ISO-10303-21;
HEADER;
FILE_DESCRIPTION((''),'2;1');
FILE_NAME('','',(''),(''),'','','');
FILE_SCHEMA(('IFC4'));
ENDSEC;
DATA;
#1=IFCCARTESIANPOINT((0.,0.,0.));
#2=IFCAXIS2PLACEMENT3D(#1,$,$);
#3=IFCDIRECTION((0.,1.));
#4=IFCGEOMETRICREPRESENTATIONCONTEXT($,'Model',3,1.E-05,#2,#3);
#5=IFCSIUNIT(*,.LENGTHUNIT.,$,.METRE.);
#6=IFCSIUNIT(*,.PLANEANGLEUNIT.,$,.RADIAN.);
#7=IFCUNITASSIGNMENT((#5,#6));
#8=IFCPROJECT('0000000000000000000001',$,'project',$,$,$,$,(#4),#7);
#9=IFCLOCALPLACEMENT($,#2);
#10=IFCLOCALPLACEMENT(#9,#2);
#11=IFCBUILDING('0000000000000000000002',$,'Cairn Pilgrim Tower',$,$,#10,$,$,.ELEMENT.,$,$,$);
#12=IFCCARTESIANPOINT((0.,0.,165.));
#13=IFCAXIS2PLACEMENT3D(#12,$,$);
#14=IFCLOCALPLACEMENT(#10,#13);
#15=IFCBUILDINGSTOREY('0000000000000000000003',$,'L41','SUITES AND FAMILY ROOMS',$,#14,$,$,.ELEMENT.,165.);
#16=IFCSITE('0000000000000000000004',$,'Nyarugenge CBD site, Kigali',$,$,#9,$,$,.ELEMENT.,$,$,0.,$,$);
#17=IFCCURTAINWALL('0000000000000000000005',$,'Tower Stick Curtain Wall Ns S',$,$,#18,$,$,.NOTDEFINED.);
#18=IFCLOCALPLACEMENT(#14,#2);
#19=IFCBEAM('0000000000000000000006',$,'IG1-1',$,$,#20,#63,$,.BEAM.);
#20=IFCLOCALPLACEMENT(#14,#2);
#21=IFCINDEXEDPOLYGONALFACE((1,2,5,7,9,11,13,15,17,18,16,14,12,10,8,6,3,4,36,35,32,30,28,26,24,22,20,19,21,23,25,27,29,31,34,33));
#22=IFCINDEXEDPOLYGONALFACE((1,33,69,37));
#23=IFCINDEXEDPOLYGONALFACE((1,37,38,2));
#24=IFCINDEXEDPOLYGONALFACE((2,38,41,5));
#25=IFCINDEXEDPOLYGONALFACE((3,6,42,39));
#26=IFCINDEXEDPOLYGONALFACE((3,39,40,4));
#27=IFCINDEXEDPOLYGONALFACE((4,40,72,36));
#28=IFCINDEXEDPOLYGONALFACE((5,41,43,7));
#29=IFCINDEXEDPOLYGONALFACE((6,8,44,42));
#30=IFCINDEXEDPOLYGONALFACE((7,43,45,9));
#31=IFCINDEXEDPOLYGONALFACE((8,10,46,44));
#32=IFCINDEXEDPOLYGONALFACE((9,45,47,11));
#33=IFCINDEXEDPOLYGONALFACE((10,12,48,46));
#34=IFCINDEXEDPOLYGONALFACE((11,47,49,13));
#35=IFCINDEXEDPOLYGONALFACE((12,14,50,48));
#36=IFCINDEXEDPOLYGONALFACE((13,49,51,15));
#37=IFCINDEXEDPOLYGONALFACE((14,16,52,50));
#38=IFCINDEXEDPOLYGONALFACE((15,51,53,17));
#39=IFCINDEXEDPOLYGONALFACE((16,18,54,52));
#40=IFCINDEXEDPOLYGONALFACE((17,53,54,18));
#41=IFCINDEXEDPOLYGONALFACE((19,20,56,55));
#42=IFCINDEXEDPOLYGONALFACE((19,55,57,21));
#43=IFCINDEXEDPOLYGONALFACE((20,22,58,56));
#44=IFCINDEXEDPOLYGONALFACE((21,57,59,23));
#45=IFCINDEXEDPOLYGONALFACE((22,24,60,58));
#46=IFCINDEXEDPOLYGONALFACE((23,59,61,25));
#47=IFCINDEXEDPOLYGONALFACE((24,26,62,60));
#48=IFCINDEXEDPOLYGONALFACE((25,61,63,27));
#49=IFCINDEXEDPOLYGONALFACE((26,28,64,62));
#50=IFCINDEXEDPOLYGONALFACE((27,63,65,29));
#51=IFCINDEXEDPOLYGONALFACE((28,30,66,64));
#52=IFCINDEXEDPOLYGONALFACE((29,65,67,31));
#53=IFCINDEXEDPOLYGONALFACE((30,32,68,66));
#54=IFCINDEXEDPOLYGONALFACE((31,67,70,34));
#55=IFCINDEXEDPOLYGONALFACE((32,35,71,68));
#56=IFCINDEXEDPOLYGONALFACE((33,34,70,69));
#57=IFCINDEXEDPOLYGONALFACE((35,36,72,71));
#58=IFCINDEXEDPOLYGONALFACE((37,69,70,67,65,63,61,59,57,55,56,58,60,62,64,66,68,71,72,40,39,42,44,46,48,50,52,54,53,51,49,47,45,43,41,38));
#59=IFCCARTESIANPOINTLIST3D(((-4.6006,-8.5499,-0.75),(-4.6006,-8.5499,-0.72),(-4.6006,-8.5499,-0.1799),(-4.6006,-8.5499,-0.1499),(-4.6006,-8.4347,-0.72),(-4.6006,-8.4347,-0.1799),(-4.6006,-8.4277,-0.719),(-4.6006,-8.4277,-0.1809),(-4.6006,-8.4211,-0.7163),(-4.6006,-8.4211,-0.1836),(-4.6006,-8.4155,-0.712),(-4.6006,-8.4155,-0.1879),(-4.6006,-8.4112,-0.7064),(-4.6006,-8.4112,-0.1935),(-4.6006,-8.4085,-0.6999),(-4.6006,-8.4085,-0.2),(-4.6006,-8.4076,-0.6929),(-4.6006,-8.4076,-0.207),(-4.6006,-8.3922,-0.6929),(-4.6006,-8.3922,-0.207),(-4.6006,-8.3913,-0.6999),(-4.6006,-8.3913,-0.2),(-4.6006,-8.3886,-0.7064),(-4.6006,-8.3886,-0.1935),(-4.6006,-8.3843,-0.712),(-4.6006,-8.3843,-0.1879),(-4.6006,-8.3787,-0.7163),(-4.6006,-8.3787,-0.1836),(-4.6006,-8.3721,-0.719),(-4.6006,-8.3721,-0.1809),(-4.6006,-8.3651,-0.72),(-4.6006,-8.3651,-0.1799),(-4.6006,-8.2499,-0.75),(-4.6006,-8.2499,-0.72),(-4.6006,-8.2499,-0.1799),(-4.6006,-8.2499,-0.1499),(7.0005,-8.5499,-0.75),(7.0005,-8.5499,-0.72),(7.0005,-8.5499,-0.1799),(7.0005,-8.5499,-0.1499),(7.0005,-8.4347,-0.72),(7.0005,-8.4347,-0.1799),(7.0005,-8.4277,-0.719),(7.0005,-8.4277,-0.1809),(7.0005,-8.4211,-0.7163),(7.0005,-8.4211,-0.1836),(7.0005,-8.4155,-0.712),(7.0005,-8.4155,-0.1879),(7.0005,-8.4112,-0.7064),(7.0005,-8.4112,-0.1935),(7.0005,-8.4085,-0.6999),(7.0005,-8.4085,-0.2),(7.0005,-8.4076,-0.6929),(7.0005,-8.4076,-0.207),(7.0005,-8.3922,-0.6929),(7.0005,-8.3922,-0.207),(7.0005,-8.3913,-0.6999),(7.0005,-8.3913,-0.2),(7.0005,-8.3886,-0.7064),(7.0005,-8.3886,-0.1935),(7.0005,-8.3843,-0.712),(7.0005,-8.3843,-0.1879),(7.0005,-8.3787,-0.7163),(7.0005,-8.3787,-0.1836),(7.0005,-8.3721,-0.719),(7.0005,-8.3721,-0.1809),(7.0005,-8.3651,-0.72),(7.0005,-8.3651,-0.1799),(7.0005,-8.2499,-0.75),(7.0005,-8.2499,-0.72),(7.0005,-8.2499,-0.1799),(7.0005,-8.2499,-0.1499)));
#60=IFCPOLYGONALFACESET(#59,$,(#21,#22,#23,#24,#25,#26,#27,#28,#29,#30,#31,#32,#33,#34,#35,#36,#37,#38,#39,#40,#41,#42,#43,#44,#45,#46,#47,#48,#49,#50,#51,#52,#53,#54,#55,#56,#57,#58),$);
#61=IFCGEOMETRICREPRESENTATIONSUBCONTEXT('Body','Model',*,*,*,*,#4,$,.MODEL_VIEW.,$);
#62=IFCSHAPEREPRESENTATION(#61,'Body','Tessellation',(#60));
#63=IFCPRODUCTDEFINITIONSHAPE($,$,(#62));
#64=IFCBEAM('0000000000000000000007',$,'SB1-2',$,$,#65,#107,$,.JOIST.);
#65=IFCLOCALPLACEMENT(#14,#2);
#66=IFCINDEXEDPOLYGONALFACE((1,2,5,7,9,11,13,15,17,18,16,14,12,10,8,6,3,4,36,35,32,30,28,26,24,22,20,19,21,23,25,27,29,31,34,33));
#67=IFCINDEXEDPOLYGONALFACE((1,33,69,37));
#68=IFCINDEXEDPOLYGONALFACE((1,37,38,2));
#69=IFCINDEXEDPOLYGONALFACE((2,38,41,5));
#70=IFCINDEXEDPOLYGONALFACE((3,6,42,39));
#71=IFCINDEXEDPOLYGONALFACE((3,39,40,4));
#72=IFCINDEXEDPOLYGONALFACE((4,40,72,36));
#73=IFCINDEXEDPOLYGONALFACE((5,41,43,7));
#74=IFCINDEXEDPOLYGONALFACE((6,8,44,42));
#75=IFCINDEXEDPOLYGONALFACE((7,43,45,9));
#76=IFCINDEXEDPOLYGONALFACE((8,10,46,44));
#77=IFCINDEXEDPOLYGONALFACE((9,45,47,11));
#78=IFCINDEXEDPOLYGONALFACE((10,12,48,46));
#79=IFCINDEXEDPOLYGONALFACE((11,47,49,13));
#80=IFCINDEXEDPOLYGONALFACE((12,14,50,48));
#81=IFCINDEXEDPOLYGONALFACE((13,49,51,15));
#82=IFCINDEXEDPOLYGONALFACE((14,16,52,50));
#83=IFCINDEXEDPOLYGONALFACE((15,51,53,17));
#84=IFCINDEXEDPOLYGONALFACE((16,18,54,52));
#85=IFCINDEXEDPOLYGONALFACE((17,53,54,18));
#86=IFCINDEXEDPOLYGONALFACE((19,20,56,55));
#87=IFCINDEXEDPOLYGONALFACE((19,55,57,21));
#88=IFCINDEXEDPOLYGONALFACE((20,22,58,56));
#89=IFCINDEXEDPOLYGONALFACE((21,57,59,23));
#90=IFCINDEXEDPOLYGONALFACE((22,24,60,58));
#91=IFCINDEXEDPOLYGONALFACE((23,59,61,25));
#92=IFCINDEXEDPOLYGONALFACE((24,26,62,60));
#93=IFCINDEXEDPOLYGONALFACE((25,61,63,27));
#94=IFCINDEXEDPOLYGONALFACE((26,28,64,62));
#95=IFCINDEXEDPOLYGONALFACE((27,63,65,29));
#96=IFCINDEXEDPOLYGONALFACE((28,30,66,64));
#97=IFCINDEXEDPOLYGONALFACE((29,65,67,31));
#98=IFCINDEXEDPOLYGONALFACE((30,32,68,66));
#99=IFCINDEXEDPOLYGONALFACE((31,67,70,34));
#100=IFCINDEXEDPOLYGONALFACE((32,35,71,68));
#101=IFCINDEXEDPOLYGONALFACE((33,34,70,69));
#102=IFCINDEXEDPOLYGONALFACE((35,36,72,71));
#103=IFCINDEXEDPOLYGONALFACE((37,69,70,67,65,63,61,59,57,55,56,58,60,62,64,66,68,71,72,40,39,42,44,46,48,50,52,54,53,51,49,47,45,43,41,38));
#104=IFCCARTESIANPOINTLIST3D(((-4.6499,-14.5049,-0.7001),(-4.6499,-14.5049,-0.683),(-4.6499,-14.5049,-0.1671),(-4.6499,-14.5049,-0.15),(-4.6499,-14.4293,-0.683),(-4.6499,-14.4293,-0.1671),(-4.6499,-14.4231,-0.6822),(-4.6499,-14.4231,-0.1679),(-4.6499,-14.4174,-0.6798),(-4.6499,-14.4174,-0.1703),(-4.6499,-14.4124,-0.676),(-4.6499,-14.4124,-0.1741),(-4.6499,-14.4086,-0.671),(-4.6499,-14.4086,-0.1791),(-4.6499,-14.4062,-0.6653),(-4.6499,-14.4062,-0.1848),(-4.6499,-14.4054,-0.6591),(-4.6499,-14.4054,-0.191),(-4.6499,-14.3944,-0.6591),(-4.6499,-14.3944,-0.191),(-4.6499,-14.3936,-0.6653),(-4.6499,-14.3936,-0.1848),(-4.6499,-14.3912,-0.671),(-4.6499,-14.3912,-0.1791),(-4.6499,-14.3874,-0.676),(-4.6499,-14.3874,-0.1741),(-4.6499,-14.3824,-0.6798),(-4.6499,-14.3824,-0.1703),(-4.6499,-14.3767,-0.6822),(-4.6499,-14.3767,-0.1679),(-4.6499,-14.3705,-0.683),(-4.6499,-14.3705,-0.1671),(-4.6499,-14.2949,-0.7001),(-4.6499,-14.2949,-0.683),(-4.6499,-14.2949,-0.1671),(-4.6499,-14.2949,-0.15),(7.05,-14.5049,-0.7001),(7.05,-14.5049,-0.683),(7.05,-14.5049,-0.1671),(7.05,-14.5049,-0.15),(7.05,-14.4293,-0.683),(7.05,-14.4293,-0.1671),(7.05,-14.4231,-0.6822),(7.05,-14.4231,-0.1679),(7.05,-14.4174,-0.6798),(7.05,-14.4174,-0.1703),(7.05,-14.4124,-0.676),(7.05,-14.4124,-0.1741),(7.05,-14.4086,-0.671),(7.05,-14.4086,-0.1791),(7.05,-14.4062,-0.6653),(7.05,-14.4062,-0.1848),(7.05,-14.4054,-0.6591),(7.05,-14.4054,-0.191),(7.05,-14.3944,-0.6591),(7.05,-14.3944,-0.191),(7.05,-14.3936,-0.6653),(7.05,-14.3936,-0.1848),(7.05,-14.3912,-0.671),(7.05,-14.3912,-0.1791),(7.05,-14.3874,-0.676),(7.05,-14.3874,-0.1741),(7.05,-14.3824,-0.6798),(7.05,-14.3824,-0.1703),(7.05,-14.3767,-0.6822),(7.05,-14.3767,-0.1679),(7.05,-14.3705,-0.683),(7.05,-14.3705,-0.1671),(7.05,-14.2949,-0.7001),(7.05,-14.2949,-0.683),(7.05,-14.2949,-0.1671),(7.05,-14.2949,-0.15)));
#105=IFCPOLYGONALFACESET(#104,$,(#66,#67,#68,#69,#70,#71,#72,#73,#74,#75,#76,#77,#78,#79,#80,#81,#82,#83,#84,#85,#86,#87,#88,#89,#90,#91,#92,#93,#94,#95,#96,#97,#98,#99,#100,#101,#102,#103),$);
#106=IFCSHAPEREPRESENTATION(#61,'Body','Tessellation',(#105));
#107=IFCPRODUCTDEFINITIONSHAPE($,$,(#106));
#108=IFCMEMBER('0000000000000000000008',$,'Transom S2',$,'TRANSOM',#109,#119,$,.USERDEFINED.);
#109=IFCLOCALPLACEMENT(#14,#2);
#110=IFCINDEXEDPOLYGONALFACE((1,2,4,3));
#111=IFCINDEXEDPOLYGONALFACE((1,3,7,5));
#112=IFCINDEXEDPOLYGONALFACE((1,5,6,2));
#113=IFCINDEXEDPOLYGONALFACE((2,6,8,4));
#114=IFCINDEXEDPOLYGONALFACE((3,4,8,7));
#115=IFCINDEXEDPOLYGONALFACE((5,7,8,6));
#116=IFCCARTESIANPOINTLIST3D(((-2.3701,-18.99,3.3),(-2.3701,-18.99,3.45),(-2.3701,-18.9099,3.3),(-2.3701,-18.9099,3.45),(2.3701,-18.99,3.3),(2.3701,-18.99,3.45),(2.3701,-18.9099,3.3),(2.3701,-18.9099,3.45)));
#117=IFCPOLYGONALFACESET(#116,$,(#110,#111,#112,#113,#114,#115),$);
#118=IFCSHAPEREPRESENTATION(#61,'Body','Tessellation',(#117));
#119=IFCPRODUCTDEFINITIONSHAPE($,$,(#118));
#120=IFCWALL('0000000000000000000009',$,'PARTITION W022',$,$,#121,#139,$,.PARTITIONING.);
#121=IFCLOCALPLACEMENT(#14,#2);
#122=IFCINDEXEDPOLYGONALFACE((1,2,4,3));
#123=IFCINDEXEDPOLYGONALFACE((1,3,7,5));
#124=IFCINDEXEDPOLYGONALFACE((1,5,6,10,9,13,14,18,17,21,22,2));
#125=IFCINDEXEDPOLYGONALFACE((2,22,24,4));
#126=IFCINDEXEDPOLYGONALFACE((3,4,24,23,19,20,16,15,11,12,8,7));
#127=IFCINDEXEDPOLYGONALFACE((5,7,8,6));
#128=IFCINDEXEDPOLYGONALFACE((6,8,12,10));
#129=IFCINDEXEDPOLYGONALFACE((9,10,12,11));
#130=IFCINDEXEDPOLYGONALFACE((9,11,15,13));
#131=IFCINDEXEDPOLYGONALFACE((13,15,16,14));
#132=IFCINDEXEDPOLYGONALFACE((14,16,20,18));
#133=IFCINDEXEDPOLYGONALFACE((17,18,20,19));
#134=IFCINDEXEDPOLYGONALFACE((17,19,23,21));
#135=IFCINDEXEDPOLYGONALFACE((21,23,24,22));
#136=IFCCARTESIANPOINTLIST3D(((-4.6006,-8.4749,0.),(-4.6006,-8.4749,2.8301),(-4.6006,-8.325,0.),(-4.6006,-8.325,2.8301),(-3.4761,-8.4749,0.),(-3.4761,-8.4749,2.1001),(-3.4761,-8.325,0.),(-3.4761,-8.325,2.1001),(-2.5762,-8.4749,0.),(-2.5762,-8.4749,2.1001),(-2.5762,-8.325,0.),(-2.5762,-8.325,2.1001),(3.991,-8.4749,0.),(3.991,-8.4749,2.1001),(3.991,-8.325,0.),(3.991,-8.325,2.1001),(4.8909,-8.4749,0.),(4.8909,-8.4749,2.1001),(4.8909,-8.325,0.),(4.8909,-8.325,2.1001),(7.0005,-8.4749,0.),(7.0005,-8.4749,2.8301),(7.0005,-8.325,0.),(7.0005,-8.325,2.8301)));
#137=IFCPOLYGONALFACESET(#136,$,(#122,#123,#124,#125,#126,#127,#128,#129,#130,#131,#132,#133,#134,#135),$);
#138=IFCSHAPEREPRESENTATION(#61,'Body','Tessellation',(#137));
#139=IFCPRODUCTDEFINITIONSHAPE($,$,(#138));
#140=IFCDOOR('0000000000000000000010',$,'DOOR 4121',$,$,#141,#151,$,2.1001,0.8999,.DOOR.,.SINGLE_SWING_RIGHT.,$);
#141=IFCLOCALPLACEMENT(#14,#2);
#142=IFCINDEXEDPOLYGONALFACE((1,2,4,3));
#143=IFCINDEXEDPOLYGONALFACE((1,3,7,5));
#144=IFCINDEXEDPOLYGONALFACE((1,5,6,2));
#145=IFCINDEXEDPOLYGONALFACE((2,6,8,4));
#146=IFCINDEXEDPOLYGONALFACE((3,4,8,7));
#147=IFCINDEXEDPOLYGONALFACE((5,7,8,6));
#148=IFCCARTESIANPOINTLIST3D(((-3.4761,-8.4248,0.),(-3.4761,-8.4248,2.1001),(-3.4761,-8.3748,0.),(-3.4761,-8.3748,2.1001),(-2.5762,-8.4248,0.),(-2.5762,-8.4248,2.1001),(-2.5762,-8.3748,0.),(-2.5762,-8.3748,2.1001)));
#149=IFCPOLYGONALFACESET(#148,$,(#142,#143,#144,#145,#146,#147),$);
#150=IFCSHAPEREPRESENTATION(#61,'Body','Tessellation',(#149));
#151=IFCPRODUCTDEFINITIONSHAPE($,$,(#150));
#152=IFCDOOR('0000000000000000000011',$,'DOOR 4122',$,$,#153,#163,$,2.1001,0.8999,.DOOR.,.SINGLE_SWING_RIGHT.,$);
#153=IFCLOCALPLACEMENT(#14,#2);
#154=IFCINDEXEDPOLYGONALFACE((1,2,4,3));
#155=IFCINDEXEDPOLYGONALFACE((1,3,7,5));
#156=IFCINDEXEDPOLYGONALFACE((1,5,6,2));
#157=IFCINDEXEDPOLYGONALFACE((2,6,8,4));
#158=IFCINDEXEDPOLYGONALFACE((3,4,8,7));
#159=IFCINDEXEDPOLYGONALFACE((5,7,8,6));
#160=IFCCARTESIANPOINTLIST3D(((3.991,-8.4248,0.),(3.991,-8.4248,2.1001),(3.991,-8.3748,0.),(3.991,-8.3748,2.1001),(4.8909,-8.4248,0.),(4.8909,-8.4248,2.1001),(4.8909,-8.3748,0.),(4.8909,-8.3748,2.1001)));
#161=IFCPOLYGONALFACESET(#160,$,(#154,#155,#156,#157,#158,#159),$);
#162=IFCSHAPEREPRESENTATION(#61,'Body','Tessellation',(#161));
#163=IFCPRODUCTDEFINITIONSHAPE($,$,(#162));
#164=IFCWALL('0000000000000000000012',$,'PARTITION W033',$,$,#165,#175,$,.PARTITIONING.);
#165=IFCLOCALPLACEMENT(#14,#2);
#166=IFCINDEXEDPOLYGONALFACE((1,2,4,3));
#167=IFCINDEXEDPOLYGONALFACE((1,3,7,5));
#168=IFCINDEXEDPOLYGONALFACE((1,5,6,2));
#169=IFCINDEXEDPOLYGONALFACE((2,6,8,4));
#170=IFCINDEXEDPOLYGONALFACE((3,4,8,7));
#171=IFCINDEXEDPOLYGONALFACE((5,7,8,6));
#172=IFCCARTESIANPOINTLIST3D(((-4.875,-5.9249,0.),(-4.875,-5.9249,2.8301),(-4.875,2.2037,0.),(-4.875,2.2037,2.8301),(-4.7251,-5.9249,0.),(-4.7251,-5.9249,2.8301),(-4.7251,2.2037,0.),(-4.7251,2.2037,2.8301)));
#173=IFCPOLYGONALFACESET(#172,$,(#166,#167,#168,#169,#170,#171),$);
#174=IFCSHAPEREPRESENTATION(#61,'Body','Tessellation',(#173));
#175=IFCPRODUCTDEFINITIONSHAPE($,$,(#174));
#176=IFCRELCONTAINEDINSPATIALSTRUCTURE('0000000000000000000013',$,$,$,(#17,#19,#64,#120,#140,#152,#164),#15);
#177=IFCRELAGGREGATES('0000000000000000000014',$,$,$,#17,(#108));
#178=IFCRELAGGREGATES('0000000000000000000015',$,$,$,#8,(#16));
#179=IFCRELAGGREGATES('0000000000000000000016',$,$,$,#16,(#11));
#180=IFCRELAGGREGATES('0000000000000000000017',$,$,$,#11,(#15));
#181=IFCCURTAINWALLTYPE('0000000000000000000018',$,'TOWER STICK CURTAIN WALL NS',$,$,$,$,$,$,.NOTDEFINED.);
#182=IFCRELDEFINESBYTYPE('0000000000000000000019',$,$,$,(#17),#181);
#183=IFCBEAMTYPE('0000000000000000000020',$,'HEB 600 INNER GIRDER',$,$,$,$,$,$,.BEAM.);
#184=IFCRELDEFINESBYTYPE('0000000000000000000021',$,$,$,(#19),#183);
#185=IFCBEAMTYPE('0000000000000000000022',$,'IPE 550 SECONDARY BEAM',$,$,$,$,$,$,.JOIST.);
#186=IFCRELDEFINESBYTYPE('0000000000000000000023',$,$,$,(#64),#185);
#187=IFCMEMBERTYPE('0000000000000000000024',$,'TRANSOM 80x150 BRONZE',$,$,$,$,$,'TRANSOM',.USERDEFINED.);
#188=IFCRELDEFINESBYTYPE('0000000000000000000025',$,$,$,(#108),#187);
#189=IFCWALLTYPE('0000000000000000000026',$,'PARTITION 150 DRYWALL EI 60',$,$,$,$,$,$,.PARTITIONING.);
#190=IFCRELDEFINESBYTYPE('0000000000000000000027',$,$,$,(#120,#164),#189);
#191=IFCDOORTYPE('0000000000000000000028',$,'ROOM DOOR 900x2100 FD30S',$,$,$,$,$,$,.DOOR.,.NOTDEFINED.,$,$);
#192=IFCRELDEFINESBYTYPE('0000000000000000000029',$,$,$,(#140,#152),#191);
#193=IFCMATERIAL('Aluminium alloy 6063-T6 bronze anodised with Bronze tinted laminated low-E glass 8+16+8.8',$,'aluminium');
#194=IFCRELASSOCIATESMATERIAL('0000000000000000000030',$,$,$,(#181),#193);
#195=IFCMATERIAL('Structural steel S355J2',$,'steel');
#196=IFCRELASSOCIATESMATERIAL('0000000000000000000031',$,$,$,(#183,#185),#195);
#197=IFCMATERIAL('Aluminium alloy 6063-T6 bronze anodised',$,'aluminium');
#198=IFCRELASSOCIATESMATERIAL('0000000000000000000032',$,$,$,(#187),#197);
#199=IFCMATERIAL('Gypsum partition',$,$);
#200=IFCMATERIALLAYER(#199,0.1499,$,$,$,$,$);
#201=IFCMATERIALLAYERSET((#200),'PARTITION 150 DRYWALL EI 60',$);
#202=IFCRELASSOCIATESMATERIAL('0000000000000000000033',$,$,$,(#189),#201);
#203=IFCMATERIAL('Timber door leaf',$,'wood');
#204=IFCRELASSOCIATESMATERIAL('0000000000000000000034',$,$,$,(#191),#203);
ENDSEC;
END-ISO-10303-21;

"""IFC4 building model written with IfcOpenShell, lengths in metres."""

from ifc_helpers import new_model, si_unit, direction, frame, frame_2d, origin, origin_2d, place, context, subcontext, project, spatial, rectangle, i_section, extrude, material, layer, layer_set, material_profile, profile_set, type_object, element, fill, aggregate, save


model = new_model("IFC4")

# Units and contexts
model_context = context("Model", 3, precision=1e-05, world=origin(), true_north=direction((0.0, 1.0)))
body_context = subcontext(model_context, "Body", "Model", "MODEL_VIEW")
ifc_project = project(units=[si_unit("LENGTHUNIT", "METRE"), si_unit("PLANEANGLEUNIT", "RADIAN")], contexts=[model_context])

# Site, building, storey
site_placement = place(None, origin())
site = spatial("IfcSite", under=ifc_project, at=site_placement, Name="Nyarugenge CBD site, Kigali", CompositionType="ELEMENT", RefElevation=0.0)
building_placement = place(site_placement, origin())
building = spatial("IfcBuilding", under=site, at=building_placement, Name="Cairn Pilgrim Tower", CompositionType="ELEMENT")
storey_placement = place(building_placement, frame((0.0, 0.0, 165.0)))
storey = spatial("IfcBuildingStorey", under=building, at=storey_placement, Name="L41", Description="SUITES AND FAMILY ROOMS", CompositionType="ELEMENT", Elevation=165.0)

# Shared definitions
ifc_material_1 = material(Name="Structural steel S355J2", Category="steel")

# Curtain wall
ifc_material_2 = material(Name="Aluminium alloy 6063-T6 bronze anodised with Bronze tinted laminated low-E glass 8+16+8.8", Category="aluminium")
curtain_wall_type = type_object("IfcCurtainWallType", Name="TOWER STICK CURTAIN WALL NS", PredefinedType="NOTDEFINED", material=ifc_material_2)
curtain_wall_placement = place(storey_placement, origin())
curtain_wall = element("IfcCurtainWall", 1, at=curtain_wall_placement, inside=storey, type_object=curtain_wall_type, Name="Tower Stick Curtain Wall Ns S", PredefinedType="NOTDEFINED")
ifc_material_3 = material(Name="Aluminium alloy 6063-T6 bronze anodised", Category="aluminium")

# Beams
ifc_material_profile_1 = material_profile(ifc_material_1, i_section(OverallWidth=0.3, OverallDepth=0.6001, WebThickness=0.0154, FlangeThickness=0.03, FilletRadius=0.0271, at=origin_2d()), Name="HEB 600")
ifc_profile_set_1 = profile_set([ifc_material_profile_1], Name="Structural steel S355J2")
beam_type_1 = type_object("IfcBeamType", Name="HEB 600 INNER GIRDER", PredefinedType="BEAM", material=ifc_profile_set_1)
beam_1_placement = place(storey_placement, frame((-4.6006, -8.3999, -0.45), z_axis=(1.0, 0.0, 0.0), x_axis=(0.0, 1.0, 0.0)))
element("IfcBeam", 2, at=beam_1_placement, inside=storey, type_object=beam_type_1, Name="IG1-1", PredefinedType="BEAM", context=body_context, shape_type="SweptSolid", body=[
    extrude(i_section(OverallWidth=0.3, OverallDepth=0.6001, WebThickness=0.0154, FlangeThickness=0.03, FilletRadius=0.0271, at=origin_2d()), origin(), (0.0, 0.0, 1.0), 11.6011),
])
ifc_material_profile_2 = material_profile(ifc_material_1, i_section(OverallWidth=0.21, OverallDepth=0.55, WebThickness=0.011, FlangeThickness=0.0171, FilletRadius=0.0239, at=origin_2d()), Name="IPE 550")
ifc_profile_set_2 = profile_set([ifc_material_profile_2], Name="Structural steel S355J2")
beam_type_2 = type_object("IfcBeamType", Name="IPE 550 SECONDARY BEAM", PredefinedType="JOIST", material=ifc_profile_set_2)
beam_2_placement = place(storey_placement, frame((-4.6499, -14.3999, -0.425), z_axis=(1.0, 0.0, 0.0), x_axis=(0.0, 1.0, 0.0)))
element("IfcBeam", 3, at=beam_2_placement, inside=storey, type_object=beam_type_2, Name="SB1-2", PredefinedType="JOIST", context=body_context, shape_type="SweptSolid", body=[
    extrude(i_section(OverallWidth=0.21, OverallDepth=0.55, WebThickness=0.011, FlangeThickness=0.0171, FilletRadius=0.0239, at=origin_2d()), origin(), (0.0, 0.0, 1.0), 11.7),
])

# Member
ifc_material_profile_3 = material_profile(ifc_material_3, rectangle(XDim=0.0801, YDim=0.1499, at=origin_2d()), Name="TRANSOM 80x150 BRONZE")
ifc_profile_set_3 = profile_set([ifc_material_profile_3], Name="Aluminium alloy 6063-T6 bronze anodised")
member_type_1 = type_object("IfcMemberType", Name="TRANSOM 80x150 BRONZE", ElementType="TRANSOM", PredefinedType="USERDEFINED", material=ifc_profile_set_3)
member_1_placement = place(storey_placement, frame((-2.3701, -18.95, 3.375), z_axis=(1.0, 0.0, 0.0), x_axis=(0.0, 1.0, 0.0)))
member_1 = element("IfcMember", 4, at=member_1_placement, type_object=member_type_1, Name="Transom S2", ObjectType="TRANSOM", PredefinedType="USERDEFINED", context=body_context, shape_type="SweptSolid", body=[
    extrude(rectangle(XDim=0.0801, YDim=0.1499, at=origin_2d()), origin(), (0.0, 0.0, 1.0), 4.7402),
])
aggregate(curtain_wall, [member_1])

# Wall, openings, doors
ifc_material_4 = material(Name="Gypsum partition")
ifc_layer_1 = layer(ifc_material_4, 0.1499)
ifc_layer_set_1 = layer_set([ifc_layer_1], Name="PARTITION 150 DRYWALL EI 60")
wall_type_1 = type_object("IfcWallType", Name="PARTITION 150 DRYWALL EI 60", PredefinedType="PARTITIONING", material=ifc_layer_set_1)
wall_1_placement = place(storey_placement, frame((-4.6006, -8.3999, 0.0), z_axis=(0.0, 0.0, 1.0), x_axis=(1.0, 0.0, 0.0)))
wall_1 = element("IfcWall", 5, at=wall_1_placement, inside=storey, type_object=wall_type_1, Name="PARTITION W022", PredefinedType="PARTITIONING", context=body_context, shape_type="SweptSolid", body=[
    extrude(rectangle(XDim=11.6011, YDim=0.1499, at=frame_2d((5.8005, 0.0))), origin(), (0.0, 0.0, 1.0), 2.8301),
])
opening_1_placement = place(wall_1_placement, frame((1.1245, 0.0, 0.0)))
opening_1 = element("IfcOpeningElement", 6, at=opening_1_placement, cuts=wall_1, PredefinedType="OPENING", context=body_context, shape_type="SweptSolid", body=[
    extrude(rectangle(XDim=0.8999, YDim=2.1001, at=frame_2d((0.45, 1.05))), frame((0.0, 0.085, 0.0), z_axis=(0.0, -1.0, 0.0), x_axis=(1.0, 0.0, 0.0)), (0.0, 0.0, 1.0), 0.1699),
])
opening_2_placement = place(wall_1_placement, frame((8.5916, 0.0, 0.0)))
opening_2 = element("IfcOpeningElement", 7, at=opening_2_placement, cuts=wall_1, PredefinedType="OPENING", context=body_context, shape_type="SweptSolid", body=[
    extrude(rectangle(XDim=0.8999, YDim=2.1001, at=frame_2d((0.45, 1.05))), frame((0.0, 0.085, 0.0), z_axis=(0.0, -1.0, 0.0), x_axis=(1.0, 0.0, 0.0)), (0.0, 0.0, 1.0), 0.1699),
])
ifc_material_5 = material(Name="Timber door leaf", Category="wood")
door_type_1 = type_object("IfcDoorType", Name="ROOM DOOR 900x2100 FD30S", OperationType="NOTDEFINED", PredefinedType="DOOR", material=ifc_material_5)
door_1_placement = place(opening_1_placement, frame((0.8999, 0.0, 0.0), z_axis=(0.0, 0.0, 1.0), x_axis=(-1.0, 0.0, 0.0)))
door_1 = element("IfcDoor", 8, at=door_1_placement, inside=storey, type_object=door_type_1, Name="DOOR 4121", OperationType="SINGLE_SWING_RIGHT", OverallHeight=2.1001, OverallWidth=0.8999, PredefinedType="DOOR", context=body_context, shape_type="SweptSolid", body=[
    extrude(rectangle(XDim=0.8999, YDim=2.1001, at=frame_2d((0.45, 1.05))), frame((0.0, 0.0249, 0.0), z_axis=(0.0, -1.0, 0.0), x_axis=(1.0, 0.0, 0.0)), (0.0, 0.0, 1.0), 0.05),
])
fill(opening_1, door_1)
door_2_placement = place(opening_2_placement, frame((0.8999, 0.0, 0.0), z_axis=(0.0, 0.0, 1.0), x_axis=(-1.0, 0.0, 0.0)))
door_2 = element("IfcDoor", 9, at=door_2_placement, inside=storey, type_object=door_type_1, Name="DOOR 4122", OperationType="SINGLE_SWING_RIGHT", OverallHeight=2.1001, OverallWidth=0.8999, PredefinedType="DOOR", context=body_context, shape_type="SweptSolid", body=[
    extrude(rectangle(XDim=0.8999, YDim=2.1001, at=frame_2d((0.45, 1.05))), frame((0.0, 0.0249, 0.0), z_axis=(0.0, -1.0, 0.0), x_axis=(1.0, 0.0, 0.0)), (0.0, 0.0, 1.0), 0.05),
])
fill(opening_2, door_2)

# Wall
wall_2_placement = place(storey_placement, frame((-4.8, -5.925, 0.0), z_axis=(0.0, 0.0, 1.0), x_axis=(0.0, 1.0, 0.0)))
element("IfcWall", 10, at=wall_2_placement, inside=storey, type_object=wall_type_1, Name="PARTITION W033", PredefinedType="PARTITIONING", context=body_context, shape_type="SweptSolid", body=[
    extrude(rectangle(XDim=8.1287, YDim=0.1499, at=frame_2d((4.0645, 0.0))), origin(), (0.0, 0.0, 1.0), 2.8301),
])

save(model, "model.ifc")
